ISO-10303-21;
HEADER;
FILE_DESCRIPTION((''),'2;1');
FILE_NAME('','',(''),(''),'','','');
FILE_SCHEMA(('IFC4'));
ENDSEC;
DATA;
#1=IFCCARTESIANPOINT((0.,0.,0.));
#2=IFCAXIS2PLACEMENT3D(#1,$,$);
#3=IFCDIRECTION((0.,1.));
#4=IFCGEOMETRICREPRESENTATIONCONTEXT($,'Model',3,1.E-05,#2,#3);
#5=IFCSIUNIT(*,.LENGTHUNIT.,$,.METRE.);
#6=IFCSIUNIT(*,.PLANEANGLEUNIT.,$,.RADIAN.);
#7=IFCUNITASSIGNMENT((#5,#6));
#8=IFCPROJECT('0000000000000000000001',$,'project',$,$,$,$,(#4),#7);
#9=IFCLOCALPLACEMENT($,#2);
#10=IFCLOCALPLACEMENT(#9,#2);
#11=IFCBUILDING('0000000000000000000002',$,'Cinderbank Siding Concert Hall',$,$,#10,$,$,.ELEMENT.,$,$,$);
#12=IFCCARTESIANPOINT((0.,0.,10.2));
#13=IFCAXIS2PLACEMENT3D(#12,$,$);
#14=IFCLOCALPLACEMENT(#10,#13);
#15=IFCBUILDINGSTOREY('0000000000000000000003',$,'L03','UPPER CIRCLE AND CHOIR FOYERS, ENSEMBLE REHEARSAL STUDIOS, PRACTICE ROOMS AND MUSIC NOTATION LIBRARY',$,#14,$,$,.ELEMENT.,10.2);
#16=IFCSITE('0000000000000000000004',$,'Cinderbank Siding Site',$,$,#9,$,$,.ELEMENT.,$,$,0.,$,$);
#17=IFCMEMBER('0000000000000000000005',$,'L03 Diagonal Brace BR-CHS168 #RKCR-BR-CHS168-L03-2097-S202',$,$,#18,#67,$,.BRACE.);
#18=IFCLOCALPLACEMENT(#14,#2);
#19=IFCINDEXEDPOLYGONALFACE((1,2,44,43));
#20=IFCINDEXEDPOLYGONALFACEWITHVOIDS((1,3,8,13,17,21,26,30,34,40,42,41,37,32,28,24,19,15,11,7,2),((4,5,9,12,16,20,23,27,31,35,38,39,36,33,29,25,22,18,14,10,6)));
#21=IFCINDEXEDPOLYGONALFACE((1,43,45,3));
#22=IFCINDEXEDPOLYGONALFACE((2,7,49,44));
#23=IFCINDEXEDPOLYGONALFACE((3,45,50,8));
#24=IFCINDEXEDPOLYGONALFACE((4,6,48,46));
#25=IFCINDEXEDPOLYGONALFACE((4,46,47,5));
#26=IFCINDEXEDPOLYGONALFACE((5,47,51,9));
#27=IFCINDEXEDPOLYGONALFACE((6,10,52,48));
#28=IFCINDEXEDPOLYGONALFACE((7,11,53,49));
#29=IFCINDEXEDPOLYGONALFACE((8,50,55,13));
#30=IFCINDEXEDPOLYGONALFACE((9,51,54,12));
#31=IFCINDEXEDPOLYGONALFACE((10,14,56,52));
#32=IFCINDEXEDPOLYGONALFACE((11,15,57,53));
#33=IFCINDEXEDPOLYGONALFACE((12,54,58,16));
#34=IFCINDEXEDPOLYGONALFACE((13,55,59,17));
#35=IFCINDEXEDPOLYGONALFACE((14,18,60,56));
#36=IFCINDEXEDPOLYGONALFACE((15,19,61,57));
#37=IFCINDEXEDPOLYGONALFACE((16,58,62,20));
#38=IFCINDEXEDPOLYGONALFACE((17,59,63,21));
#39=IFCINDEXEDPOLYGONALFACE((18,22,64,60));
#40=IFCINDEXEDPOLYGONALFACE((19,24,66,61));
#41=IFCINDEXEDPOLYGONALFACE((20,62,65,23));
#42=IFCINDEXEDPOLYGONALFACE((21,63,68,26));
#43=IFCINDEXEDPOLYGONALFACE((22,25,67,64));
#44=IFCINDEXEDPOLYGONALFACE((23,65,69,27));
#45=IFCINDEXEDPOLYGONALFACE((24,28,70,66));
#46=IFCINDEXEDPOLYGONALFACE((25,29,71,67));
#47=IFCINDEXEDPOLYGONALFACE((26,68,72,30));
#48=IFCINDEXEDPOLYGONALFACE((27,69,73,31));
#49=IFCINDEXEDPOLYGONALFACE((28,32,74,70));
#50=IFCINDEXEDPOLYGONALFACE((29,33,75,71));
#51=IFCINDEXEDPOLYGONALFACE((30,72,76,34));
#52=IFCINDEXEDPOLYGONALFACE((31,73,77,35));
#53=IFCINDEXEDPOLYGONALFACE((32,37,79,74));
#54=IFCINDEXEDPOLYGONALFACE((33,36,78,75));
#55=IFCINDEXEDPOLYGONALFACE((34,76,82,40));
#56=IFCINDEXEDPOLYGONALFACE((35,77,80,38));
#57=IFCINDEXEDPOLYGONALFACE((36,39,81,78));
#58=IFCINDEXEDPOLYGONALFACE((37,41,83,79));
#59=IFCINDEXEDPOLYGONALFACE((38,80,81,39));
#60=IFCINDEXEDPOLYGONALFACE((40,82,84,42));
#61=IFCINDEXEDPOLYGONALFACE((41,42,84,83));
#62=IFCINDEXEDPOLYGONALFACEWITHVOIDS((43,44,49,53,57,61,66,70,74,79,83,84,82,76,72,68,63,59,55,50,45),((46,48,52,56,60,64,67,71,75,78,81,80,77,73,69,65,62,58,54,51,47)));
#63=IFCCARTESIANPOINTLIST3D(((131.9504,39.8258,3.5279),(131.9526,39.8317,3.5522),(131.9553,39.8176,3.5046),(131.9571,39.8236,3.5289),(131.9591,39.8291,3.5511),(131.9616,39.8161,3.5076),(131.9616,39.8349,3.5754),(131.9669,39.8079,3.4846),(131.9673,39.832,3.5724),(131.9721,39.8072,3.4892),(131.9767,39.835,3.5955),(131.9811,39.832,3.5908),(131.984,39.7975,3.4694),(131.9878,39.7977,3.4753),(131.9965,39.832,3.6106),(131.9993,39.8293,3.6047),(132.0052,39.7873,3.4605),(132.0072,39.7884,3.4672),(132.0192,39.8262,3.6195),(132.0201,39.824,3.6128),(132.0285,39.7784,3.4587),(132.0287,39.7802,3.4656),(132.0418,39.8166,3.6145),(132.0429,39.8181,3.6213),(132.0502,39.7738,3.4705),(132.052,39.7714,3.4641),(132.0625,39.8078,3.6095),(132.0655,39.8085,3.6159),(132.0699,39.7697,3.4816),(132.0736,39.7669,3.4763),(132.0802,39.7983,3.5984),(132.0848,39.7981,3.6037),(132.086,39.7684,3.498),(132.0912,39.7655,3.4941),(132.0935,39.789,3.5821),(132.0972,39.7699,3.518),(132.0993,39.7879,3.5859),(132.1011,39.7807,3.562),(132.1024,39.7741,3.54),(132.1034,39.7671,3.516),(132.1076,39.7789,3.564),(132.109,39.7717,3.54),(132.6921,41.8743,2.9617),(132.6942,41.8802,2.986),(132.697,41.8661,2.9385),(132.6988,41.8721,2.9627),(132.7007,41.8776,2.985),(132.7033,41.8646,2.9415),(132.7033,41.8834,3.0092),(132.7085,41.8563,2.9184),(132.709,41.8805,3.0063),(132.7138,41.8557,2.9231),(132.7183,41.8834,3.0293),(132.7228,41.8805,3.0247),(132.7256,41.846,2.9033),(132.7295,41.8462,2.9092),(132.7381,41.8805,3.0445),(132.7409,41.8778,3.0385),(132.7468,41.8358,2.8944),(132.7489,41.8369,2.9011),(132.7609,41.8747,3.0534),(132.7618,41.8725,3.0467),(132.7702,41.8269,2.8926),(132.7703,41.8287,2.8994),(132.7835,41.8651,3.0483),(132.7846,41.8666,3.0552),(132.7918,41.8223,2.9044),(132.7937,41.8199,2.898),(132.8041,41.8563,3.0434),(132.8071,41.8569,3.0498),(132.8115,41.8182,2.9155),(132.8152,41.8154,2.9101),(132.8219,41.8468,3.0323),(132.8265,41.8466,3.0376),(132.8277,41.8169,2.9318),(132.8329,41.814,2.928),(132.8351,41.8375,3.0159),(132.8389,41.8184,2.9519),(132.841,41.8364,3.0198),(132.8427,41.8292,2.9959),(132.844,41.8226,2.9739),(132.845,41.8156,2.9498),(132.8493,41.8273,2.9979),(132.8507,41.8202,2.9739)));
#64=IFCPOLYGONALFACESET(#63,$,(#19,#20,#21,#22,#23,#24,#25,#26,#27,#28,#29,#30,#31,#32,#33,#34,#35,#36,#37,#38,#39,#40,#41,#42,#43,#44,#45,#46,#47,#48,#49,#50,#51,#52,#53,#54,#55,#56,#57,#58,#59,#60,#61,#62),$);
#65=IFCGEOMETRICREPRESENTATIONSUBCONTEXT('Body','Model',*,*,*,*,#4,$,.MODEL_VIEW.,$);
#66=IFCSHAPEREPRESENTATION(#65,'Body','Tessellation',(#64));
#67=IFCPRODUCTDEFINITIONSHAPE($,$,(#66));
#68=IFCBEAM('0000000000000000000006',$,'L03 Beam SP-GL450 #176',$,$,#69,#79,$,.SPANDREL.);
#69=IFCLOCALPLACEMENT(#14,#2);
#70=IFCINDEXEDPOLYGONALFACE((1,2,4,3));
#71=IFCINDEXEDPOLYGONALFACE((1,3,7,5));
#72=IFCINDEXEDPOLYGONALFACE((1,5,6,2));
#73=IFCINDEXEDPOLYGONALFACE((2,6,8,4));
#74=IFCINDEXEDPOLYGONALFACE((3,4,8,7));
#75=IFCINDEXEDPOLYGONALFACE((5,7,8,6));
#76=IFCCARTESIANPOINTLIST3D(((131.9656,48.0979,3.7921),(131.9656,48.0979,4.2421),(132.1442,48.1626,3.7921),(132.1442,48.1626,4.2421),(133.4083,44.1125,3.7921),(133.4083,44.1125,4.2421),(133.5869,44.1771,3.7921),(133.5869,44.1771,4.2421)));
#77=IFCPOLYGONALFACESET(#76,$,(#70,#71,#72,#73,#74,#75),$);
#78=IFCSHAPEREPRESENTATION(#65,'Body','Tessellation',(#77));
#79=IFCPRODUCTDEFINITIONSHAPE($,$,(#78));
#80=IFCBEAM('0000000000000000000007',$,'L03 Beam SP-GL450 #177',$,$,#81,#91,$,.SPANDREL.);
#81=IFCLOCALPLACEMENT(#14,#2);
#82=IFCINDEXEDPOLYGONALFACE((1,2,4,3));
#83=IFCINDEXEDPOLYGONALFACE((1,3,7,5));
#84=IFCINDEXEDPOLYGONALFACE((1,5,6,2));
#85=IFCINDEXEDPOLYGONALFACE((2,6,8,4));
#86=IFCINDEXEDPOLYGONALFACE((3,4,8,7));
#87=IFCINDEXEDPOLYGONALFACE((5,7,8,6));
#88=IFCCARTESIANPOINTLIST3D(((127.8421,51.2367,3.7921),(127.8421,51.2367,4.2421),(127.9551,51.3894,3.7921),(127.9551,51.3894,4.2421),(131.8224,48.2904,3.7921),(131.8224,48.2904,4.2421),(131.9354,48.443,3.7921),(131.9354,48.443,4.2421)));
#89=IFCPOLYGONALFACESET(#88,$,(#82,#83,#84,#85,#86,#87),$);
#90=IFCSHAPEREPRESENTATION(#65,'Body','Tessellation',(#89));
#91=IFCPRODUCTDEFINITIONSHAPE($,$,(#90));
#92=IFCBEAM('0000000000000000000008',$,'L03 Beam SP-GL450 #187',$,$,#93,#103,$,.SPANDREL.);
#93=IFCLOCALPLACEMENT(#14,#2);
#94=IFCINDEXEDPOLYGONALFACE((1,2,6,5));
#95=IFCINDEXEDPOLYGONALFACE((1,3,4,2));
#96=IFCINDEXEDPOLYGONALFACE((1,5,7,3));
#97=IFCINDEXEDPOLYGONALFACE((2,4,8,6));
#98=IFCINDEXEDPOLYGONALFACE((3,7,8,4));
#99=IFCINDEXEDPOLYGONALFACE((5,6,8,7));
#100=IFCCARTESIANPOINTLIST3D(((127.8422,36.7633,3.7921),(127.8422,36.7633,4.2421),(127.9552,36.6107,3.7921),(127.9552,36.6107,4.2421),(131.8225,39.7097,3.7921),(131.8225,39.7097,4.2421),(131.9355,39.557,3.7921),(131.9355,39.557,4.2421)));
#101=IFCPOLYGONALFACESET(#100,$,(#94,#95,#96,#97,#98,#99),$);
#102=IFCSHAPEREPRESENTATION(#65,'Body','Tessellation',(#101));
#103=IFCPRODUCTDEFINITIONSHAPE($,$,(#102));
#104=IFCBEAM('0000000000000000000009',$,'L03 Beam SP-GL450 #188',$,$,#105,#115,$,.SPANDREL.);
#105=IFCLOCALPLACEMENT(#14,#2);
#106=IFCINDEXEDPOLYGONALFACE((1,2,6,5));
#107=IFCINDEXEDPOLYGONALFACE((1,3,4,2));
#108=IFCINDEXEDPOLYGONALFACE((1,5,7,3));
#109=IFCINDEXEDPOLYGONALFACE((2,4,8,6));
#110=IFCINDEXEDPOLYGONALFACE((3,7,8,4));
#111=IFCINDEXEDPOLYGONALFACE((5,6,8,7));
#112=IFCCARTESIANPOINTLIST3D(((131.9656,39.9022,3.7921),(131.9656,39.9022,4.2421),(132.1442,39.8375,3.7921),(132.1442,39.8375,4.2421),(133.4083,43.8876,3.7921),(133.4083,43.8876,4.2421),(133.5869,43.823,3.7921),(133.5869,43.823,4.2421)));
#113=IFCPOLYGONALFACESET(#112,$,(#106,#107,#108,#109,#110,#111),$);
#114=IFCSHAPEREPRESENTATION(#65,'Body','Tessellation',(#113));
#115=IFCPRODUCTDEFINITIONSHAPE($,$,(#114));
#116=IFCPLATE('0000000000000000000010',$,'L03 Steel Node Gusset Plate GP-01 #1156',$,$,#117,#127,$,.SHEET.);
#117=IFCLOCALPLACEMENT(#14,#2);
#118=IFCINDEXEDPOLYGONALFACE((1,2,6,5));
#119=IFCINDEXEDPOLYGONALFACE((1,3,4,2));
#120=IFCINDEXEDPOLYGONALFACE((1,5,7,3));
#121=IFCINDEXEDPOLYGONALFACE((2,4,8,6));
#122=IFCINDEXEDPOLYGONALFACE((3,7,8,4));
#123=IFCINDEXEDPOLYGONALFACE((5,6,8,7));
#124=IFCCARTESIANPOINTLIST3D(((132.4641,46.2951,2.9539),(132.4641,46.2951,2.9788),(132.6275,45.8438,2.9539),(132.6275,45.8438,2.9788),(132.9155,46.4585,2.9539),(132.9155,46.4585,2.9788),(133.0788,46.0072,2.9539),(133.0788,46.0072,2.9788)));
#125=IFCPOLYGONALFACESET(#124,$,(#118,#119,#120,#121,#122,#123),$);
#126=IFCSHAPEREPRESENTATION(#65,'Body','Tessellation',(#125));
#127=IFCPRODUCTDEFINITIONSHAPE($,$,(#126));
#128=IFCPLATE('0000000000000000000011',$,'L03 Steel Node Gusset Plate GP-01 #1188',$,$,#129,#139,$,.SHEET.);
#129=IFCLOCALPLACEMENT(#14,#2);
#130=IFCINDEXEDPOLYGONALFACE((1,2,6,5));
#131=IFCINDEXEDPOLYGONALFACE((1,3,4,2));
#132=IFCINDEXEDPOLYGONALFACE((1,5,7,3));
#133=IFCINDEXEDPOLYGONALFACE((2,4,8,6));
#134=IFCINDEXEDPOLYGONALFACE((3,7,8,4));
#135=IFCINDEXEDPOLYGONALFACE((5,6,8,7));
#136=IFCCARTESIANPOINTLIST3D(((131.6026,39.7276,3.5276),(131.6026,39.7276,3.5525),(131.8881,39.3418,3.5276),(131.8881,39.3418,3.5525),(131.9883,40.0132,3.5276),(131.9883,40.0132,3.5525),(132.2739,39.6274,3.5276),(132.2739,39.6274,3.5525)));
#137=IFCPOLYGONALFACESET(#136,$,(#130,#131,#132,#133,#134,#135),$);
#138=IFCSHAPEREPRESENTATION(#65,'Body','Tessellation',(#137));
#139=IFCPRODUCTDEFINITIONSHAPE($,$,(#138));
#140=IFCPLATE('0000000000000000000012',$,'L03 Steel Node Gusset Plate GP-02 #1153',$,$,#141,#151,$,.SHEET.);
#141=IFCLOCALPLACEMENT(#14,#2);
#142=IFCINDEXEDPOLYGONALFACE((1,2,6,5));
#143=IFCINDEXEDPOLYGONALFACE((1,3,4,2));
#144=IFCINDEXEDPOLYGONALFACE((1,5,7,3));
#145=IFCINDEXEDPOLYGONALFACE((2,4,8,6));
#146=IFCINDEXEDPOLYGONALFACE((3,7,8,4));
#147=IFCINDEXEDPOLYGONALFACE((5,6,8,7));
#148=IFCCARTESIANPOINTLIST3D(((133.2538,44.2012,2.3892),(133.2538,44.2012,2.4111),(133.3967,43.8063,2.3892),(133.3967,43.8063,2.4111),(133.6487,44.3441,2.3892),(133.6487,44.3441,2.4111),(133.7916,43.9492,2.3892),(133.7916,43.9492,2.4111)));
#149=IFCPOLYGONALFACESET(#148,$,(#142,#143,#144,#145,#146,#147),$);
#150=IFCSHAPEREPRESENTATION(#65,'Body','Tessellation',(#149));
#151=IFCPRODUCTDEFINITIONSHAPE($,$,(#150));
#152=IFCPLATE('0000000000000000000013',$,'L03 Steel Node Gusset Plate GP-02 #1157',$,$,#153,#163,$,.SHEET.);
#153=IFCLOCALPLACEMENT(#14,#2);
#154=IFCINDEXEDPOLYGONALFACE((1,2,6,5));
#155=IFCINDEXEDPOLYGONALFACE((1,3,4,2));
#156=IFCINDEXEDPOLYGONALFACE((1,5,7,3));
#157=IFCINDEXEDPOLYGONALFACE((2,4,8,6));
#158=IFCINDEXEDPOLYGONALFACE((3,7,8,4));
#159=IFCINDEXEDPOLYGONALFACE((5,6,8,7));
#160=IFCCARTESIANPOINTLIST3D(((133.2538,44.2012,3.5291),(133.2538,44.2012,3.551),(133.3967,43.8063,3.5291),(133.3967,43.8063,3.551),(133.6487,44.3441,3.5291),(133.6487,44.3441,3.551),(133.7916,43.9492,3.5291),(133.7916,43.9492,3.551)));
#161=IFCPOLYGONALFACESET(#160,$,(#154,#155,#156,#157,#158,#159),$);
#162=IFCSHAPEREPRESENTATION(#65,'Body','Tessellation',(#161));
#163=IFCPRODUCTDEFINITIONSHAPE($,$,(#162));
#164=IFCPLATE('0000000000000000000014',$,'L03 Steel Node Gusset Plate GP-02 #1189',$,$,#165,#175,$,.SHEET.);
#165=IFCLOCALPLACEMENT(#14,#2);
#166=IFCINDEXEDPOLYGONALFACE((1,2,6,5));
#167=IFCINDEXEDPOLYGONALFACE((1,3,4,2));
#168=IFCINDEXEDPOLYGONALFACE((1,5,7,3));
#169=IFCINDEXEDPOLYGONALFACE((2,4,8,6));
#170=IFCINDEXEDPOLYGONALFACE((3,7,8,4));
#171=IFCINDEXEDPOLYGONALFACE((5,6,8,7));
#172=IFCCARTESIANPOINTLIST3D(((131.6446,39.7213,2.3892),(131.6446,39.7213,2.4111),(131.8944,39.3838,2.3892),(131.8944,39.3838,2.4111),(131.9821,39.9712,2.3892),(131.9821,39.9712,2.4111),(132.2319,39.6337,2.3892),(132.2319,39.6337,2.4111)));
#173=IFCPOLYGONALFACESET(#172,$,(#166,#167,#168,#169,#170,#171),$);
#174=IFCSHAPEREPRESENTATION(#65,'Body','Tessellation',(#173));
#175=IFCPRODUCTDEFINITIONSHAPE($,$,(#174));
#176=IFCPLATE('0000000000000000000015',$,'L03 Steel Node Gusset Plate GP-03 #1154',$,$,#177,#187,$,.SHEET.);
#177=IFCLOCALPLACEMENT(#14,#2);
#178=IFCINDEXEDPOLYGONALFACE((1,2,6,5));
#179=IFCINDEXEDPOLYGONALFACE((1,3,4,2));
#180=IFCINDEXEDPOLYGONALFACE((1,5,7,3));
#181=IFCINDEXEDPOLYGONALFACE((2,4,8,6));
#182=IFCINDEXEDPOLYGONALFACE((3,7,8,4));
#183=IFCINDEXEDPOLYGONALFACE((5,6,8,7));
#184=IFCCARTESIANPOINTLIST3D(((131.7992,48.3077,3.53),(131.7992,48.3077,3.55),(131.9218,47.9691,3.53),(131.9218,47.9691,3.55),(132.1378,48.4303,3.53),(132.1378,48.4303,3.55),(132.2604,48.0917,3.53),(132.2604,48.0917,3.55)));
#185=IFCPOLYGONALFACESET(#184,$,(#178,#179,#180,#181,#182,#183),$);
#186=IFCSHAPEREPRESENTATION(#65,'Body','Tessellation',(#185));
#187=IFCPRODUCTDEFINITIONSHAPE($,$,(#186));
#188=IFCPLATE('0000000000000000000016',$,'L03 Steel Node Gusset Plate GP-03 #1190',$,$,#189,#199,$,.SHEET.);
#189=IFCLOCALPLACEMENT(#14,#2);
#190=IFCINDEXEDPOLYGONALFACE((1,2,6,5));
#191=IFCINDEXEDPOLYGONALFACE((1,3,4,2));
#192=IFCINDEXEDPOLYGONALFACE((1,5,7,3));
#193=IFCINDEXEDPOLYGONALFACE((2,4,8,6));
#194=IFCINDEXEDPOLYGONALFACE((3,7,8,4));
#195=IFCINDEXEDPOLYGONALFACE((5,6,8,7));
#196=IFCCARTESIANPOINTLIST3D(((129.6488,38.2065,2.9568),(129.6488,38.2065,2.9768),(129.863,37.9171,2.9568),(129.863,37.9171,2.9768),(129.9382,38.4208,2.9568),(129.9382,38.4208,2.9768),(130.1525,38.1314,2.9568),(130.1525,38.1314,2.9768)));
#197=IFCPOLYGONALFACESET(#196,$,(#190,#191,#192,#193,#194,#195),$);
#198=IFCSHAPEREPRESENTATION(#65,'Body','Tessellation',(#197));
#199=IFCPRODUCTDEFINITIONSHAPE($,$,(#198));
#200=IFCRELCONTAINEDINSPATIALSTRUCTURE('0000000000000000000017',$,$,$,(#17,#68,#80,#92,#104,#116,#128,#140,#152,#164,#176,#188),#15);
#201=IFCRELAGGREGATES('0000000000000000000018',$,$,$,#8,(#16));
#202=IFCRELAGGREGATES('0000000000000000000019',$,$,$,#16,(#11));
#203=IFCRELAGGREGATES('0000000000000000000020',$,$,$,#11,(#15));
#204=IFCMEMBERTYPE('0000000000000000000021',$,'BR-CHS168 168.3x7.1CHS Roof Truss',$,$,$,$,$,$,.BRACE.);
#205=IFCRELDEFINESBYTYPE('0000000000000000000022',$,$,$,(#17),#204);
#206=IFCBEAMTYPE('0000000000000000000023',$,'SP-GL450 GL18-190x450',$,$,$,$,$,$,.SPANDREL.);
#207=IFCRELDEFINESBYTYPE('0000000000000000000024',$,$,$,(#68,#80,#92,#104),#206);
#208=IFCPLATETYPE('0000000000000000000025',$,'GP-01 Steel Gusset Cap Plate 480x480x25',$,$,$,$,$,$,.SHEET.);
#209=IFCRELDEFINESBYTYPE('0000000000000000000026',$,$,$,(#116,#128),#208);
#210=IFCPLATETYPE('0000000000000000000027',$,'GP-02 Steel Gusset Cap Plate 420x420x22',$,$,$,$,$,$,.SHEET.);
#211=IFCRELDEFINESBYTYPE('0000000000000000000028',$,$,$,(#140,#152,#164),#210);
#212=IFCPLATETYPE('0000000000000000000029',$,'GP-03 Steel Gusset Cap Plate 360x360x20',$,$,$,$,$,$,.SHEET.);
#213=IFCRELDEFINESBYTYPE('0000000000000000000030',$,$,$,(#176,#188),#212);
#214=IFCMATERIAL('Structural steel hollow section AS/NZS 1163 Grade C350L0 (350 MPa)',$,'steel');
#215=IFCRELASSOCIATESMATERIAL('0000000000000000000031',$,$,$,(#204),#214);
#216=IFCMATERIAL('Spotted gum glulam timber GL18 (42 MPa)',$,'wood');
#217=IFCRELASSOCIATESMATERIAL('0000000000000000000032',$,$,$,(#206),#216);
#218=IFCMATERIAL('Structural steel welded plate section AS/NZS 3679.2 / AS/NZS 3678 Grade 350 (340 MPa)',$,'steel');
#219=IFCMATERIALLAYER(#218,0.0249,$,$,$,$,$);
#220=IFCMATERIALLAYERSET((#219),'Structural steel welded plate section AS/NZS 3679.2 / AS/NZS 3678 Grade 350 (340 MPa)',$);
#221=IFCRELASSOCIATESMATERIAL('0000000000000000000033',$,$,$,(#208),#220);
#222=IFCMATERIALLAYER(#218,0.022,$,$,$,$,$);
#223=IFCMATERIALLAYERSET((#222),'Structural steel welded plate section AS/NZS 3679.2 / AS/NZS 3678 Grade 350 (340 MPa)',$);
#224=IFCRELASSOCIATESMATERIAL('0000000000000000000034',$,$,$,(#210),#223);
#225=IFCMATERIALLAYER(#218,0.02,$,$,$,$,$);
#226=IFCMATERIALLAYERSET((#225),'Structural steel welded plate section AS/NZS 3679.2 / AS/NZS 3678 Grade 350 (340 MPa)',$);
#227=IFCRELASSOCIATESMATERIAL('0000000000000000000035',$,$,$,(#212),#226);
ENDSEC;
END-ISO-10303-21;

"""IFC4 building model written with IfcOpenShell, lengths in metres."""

from ifc_helpers import new_model, si_unit, direction, frame, origin, origin_2d, place, context, subcontext, project, spatial, rectangle, hollow_circle, extrude, material, layer, layer_set, material_profile, profile_set, type_object, element, save


model = new_model("IFC4")

# Units and contexts
model_context = context("Model", 3, precision=1e-05, world=origin(), true_north=direction((0.0, 1.0)))
body_context = subcontext(model_context, "Body", "Model", "MODEL_VIEW")
ifc_project = project(units=[si_unit("LENGTHUNIT", "METRE"), si_unit("PLANEANGLEUNIT", "RADIAN")], contexts=[model_context])

# Site, building, storey
site_placement = place(None, origin())
site = spatial("IfcSite", under=ifc_project, at=site_placement, Name="Cinderbank Siding Site", CompositionType="ELEMENT", RefElevation=0.0)
building_placement = place(site_placement, origin())
building = spatial("IfcBuilding", under=site, at=building_placement, Name="Cinderbank Siding Concert Hall", CompositionType="ELEMENT")
storey_placement = place(building_placement, frame((0.0, 0.0, 10.2)))
storey = spatial("IfcBuildingStorey", under=building, at=storey_placement, Name="L03", Description="UPPER CIRCLE AND CHOIR FOYERS, ENSEMBLE REHEARSAL STUDIOS, PRACTICE ROOMS AND MUSIC NOTATION LIBRARY", CompositionType="ELEMENT", Elevation=10.2)

# Shared definitions
ifc_material_1 = material(Name="Structural steel hollow section AS/NZS 1163 Grade C350L0 (350 MPa)", Category="steel")

# Member
ifc_material_profile_1 = material_profile(ifc_material_1, hollow_circle(Radius=0.0842, WallThickness=0.0071, at=origin_2d()), Name="168.3x7.1CHS", Category="LoadBearing")
ifc_profile_set_1 = profile_set([ifc_material_profile_1], Name="Structural steel hollow section AS/NZS 1163 Grade C350L0 (350 MPa)")
member_type = type_object("IfcMemberType", Name="BR-CHS168 168.3x7.1CHS Roof Truss", PredefinedType="BRACE", material=ifc_profile_set_1)
for number, where, z_axis, x_axis, name in (
    (1, (132.7715, 41.8489, 2.9739), (-0.329486, -0.910046, 0.251507), (0.94027, -0.340429, 0.0), "L03 Diagonal Brace BR-CHS168 #RKCR-BR-CHS168-L03-2097-S202"),
):
    element("IfcMember", number, at=place(storey_placement, frame(where, z_axis=z_axis, x_axis=x_axis)), inside=storey, type_object=member_type, Name=name, PredefinedType="BRACE", context=body_context, shape_type="SweptSolid", body=[
        extrude(hollow_circle(Radius=0.0842, WallThickness=0.0071, at=origin_2d()), origin(), (0.0, 0.0, 1.0), 2.251),
    ])

# Beams
ifc_material_2 = material(Name="Spotted gum glulam timber GL18 (42 MPa)", Category="wood")
ifc_material_profile_2 = material_profile(ifc_material_2, rectangle(XDim=0.1899, YDim=0.45, at=origin_2d()), Name="GL18-190x450", Category="LoadBearing")
ifc_profile_set_2 = profile_set([ifc_material_profile_2], Name="Spotted gum glulam timber GL18 (42 MPa)")
beam_type_1 = type_object("IfcBeamType", Name="SP-GL450 GL18-190x450", PredefinedType="SPANDREL", material=ifc_profile_set_2)
beam_1_placement = place(storey_placement, frame((133.4976, 44.1448, 4.0171), z_axis=(-0.340369, 0.940292, 0.0), x_axis=(-0.940292, -0.340369, 0.0)))
element("IfcBeam", 2, at=beam_1_placement, inside=storey, type_object=beam_type_1, Name="L03 Beam SP-GL450 #176", PredefinedType="SPANDREL", context=body_context, shape_type="SweptSolid", body=[
    extrude(rectangle(XDim=0.1899, YDim=0.45, at=origin_2d()), origin(), (0.0, 0.0, 1.0), 4.2385),
])
for number, where, z_axis, x_axis, name in (
    (3, (131.8789, 48.3667, 4.0171), (-0.803753, 0.594963, 0.0), (-0.594963, -0.803753, 0.0), "L03 Beam SP-GL450 #177"),
    (4, (127.8987, 36.687, 4.0171), (0.803753, 0.594963, 0.0), (-0.594963, 0.803753, 0.0), "L03 Beam SP-GL450 #187"),
):
    element("IfcBeam", number, at=place(storey_placement, frame(where, z_axis=z_axis, x_axis=x_axis)), inside=storey, type_object=beam_type_1, Name=name, PredefinedType="SPANDREL", context=body_context, shape_type="SweptSolid", body=[
        extrude(rectangle(XDim=0.1899, YDim=0.45, at=origin_2d()), origin(), (0.0, 0.0, 1.0), 4.9521),
    ])
beam_2_placement = place(storey_placement, frame((132.0549, 39.8699, 4.0171), z_axis=(0.340369, 0.940292, 0.0), x_axis=(-0.940292, 0.340369, 0.0)))
element("IfcBeam", 5, at=beam_2_placement, inside=storey, type_object=beam_type_1, Name="L03 Beam SP-GL450 #188", PredefinedType="SPANDREL", context=body_context, shape_type="SweptSolid", body=[
    extrude(rectangle(XDim=0.1899, YDim=0.45, at=origin_2d()), origin(), (0.0, 0.0, 1.0), 4.2385),
])

# Plates
ifc_material_3 = material(Name="Structural steel welded plate section AS/NZS 3679.2 / AS/NZS 3678 Grade 350 (340 MPa)", Category="steel")
ifc_layer_1 = layer(ifc_material_3, 0.0249)
ifc_layer_set_1 = layer_set([ifc_layer_1], Name="Structural steel welded plate section AS/NZS 3679.2 / AS/NZS 3678 Grade 350 (340 MPa)")
plate_type_1 = type_object("IfcPlateType", Name="GP-01 Steel Gusset Cap Plate 480x480x25", PredefinedType="SHEET", material=ifc_layer_set_1)
for number, where, z_axis, x_axis, name in (
    (6, (132.7715, 46.1511, 2.9539), (0.0, 0.0, 1.0), (0.34038, -0.940288, 0.0), "L03 Steel Node Gusset Plate GP-01 #1156"),
    (7, (131.9382, 39.6775, 3.5276), (0.0, 0.0, 1.0), (0.803753, 0.594963, 0.0), "L03 Steel Node Gusset Plate GP-01 #1188"),
):
    element("IfcPlate", number, at=place(storey_placement, frame(where, z_axis=z_axis, x_axis=x_axis)), inside=storey, type_object=plate_type_1, Name=name, PredefinedType="SHEET", context=body_context, shape_type="SweptSolid", body=[
        extrude(rectangle(XDim=0.48, YDim=0.48, at=origin_2d()), origin(), (0.0, 0.0, 1.0), 0.0249),
    ])
ifc_layer_2 = layer(ifc_material_3, 0.022)
ifc_layer_set_2 = layer_set([ifc_layer_2], Name="Structural steel welded plate section AS/NZS 3679.2 / AS/NZS 3678 Grade 350 (340 MPa)")
plate_type_2 = type_object("IfcPlateType", Name="GP-02 Steel Gusset Cap Plate 420x420x22", PredefinedType="SHEET", material=ifc_layer_set_2)
for number, where, z_axis, x_axis, name in (
    (8, (133.5227, 44.0752, 2.3892), (0.0, 0.0, 1.0), (-0.34038, 0.940288, 0.0), "L03 Steel Node Gusset Plate GP-02 #1153"),
    (9, (133.5227, 44.0752, 3.5291), (0.0, 0.0, 1.0), (0.34038, -0.940288, 0.0), "L03 Steel Node Gusset Plate GP-02 #1157"),
    (10, (131.9382, 39.6775, 2.3892), (0.0, 0.0, 1.0), (-0.803753, -0.594963, 0.0), "L03 Steel Node Gusset Plate GP-02 #1189"),
):
    element("IfcPlate", number, at=place(storey_placement, frame(where, z_axis=z_axis, x_axis=x_axis)), inside=storey, type_object=plate_type_2, Name=name, PredefinedType="SHEET", context=body_context, shape_type="SweptSolid", body=[
        extrude(rectangle(XDim=0.4199, YDim=0.4199, at=origin_2d()), origin(), (0.0, 0.0, 1.0), 0.022),
    ])
ifc_layer_3 = layer(ifc_material_3, 0.02)
ifc_layer_set_3 = layer_set([ifc_layer_3], Name="Structural steel welded plate section AS/NZS 3679.2 / AS/NZS 3678 Grade 350 (340 MPa)")
plate_type_3 = type_object("IfcPlateType", Name="GP-03 Steel Gusset Cap Plate 360x360x20", PredefinedType="SHEET", material=ifc_layer_set_3)
for number, where, z_axis, x_axis, name in (
    (11, (132.0298, 48.1997, 3.53), (0.0, 0.0, 1.0), (-0.34038, 0.940288, 0.0), "L03 Steel Node Gusset Plate GP-03 #1154"),
    (12, (129.9006, 38.1689, 2.9568), (0.0, 0.0, 1.0), (-0.803753, -0.594963, 0.0), "L03 Steel Node Gusset Plate GP-03 #1190"),
):
    element("IfcPlate", number, at=place(storey_placement, frame(where, z_axis=z_axis, x_axis=x_axis)), inside=storey, type_object=plate_type_3, Name=name, PredefinedType="SHEET", context=body_context, shape_type="SweptSolid", body=[
        extrude(rectangle(XDim=0.3601, YDim=0.3601, at=origin_2d()), origin(), (0.0, 0.0, 1.0), 0.02),
    ])

save(model, "model.ifc")
